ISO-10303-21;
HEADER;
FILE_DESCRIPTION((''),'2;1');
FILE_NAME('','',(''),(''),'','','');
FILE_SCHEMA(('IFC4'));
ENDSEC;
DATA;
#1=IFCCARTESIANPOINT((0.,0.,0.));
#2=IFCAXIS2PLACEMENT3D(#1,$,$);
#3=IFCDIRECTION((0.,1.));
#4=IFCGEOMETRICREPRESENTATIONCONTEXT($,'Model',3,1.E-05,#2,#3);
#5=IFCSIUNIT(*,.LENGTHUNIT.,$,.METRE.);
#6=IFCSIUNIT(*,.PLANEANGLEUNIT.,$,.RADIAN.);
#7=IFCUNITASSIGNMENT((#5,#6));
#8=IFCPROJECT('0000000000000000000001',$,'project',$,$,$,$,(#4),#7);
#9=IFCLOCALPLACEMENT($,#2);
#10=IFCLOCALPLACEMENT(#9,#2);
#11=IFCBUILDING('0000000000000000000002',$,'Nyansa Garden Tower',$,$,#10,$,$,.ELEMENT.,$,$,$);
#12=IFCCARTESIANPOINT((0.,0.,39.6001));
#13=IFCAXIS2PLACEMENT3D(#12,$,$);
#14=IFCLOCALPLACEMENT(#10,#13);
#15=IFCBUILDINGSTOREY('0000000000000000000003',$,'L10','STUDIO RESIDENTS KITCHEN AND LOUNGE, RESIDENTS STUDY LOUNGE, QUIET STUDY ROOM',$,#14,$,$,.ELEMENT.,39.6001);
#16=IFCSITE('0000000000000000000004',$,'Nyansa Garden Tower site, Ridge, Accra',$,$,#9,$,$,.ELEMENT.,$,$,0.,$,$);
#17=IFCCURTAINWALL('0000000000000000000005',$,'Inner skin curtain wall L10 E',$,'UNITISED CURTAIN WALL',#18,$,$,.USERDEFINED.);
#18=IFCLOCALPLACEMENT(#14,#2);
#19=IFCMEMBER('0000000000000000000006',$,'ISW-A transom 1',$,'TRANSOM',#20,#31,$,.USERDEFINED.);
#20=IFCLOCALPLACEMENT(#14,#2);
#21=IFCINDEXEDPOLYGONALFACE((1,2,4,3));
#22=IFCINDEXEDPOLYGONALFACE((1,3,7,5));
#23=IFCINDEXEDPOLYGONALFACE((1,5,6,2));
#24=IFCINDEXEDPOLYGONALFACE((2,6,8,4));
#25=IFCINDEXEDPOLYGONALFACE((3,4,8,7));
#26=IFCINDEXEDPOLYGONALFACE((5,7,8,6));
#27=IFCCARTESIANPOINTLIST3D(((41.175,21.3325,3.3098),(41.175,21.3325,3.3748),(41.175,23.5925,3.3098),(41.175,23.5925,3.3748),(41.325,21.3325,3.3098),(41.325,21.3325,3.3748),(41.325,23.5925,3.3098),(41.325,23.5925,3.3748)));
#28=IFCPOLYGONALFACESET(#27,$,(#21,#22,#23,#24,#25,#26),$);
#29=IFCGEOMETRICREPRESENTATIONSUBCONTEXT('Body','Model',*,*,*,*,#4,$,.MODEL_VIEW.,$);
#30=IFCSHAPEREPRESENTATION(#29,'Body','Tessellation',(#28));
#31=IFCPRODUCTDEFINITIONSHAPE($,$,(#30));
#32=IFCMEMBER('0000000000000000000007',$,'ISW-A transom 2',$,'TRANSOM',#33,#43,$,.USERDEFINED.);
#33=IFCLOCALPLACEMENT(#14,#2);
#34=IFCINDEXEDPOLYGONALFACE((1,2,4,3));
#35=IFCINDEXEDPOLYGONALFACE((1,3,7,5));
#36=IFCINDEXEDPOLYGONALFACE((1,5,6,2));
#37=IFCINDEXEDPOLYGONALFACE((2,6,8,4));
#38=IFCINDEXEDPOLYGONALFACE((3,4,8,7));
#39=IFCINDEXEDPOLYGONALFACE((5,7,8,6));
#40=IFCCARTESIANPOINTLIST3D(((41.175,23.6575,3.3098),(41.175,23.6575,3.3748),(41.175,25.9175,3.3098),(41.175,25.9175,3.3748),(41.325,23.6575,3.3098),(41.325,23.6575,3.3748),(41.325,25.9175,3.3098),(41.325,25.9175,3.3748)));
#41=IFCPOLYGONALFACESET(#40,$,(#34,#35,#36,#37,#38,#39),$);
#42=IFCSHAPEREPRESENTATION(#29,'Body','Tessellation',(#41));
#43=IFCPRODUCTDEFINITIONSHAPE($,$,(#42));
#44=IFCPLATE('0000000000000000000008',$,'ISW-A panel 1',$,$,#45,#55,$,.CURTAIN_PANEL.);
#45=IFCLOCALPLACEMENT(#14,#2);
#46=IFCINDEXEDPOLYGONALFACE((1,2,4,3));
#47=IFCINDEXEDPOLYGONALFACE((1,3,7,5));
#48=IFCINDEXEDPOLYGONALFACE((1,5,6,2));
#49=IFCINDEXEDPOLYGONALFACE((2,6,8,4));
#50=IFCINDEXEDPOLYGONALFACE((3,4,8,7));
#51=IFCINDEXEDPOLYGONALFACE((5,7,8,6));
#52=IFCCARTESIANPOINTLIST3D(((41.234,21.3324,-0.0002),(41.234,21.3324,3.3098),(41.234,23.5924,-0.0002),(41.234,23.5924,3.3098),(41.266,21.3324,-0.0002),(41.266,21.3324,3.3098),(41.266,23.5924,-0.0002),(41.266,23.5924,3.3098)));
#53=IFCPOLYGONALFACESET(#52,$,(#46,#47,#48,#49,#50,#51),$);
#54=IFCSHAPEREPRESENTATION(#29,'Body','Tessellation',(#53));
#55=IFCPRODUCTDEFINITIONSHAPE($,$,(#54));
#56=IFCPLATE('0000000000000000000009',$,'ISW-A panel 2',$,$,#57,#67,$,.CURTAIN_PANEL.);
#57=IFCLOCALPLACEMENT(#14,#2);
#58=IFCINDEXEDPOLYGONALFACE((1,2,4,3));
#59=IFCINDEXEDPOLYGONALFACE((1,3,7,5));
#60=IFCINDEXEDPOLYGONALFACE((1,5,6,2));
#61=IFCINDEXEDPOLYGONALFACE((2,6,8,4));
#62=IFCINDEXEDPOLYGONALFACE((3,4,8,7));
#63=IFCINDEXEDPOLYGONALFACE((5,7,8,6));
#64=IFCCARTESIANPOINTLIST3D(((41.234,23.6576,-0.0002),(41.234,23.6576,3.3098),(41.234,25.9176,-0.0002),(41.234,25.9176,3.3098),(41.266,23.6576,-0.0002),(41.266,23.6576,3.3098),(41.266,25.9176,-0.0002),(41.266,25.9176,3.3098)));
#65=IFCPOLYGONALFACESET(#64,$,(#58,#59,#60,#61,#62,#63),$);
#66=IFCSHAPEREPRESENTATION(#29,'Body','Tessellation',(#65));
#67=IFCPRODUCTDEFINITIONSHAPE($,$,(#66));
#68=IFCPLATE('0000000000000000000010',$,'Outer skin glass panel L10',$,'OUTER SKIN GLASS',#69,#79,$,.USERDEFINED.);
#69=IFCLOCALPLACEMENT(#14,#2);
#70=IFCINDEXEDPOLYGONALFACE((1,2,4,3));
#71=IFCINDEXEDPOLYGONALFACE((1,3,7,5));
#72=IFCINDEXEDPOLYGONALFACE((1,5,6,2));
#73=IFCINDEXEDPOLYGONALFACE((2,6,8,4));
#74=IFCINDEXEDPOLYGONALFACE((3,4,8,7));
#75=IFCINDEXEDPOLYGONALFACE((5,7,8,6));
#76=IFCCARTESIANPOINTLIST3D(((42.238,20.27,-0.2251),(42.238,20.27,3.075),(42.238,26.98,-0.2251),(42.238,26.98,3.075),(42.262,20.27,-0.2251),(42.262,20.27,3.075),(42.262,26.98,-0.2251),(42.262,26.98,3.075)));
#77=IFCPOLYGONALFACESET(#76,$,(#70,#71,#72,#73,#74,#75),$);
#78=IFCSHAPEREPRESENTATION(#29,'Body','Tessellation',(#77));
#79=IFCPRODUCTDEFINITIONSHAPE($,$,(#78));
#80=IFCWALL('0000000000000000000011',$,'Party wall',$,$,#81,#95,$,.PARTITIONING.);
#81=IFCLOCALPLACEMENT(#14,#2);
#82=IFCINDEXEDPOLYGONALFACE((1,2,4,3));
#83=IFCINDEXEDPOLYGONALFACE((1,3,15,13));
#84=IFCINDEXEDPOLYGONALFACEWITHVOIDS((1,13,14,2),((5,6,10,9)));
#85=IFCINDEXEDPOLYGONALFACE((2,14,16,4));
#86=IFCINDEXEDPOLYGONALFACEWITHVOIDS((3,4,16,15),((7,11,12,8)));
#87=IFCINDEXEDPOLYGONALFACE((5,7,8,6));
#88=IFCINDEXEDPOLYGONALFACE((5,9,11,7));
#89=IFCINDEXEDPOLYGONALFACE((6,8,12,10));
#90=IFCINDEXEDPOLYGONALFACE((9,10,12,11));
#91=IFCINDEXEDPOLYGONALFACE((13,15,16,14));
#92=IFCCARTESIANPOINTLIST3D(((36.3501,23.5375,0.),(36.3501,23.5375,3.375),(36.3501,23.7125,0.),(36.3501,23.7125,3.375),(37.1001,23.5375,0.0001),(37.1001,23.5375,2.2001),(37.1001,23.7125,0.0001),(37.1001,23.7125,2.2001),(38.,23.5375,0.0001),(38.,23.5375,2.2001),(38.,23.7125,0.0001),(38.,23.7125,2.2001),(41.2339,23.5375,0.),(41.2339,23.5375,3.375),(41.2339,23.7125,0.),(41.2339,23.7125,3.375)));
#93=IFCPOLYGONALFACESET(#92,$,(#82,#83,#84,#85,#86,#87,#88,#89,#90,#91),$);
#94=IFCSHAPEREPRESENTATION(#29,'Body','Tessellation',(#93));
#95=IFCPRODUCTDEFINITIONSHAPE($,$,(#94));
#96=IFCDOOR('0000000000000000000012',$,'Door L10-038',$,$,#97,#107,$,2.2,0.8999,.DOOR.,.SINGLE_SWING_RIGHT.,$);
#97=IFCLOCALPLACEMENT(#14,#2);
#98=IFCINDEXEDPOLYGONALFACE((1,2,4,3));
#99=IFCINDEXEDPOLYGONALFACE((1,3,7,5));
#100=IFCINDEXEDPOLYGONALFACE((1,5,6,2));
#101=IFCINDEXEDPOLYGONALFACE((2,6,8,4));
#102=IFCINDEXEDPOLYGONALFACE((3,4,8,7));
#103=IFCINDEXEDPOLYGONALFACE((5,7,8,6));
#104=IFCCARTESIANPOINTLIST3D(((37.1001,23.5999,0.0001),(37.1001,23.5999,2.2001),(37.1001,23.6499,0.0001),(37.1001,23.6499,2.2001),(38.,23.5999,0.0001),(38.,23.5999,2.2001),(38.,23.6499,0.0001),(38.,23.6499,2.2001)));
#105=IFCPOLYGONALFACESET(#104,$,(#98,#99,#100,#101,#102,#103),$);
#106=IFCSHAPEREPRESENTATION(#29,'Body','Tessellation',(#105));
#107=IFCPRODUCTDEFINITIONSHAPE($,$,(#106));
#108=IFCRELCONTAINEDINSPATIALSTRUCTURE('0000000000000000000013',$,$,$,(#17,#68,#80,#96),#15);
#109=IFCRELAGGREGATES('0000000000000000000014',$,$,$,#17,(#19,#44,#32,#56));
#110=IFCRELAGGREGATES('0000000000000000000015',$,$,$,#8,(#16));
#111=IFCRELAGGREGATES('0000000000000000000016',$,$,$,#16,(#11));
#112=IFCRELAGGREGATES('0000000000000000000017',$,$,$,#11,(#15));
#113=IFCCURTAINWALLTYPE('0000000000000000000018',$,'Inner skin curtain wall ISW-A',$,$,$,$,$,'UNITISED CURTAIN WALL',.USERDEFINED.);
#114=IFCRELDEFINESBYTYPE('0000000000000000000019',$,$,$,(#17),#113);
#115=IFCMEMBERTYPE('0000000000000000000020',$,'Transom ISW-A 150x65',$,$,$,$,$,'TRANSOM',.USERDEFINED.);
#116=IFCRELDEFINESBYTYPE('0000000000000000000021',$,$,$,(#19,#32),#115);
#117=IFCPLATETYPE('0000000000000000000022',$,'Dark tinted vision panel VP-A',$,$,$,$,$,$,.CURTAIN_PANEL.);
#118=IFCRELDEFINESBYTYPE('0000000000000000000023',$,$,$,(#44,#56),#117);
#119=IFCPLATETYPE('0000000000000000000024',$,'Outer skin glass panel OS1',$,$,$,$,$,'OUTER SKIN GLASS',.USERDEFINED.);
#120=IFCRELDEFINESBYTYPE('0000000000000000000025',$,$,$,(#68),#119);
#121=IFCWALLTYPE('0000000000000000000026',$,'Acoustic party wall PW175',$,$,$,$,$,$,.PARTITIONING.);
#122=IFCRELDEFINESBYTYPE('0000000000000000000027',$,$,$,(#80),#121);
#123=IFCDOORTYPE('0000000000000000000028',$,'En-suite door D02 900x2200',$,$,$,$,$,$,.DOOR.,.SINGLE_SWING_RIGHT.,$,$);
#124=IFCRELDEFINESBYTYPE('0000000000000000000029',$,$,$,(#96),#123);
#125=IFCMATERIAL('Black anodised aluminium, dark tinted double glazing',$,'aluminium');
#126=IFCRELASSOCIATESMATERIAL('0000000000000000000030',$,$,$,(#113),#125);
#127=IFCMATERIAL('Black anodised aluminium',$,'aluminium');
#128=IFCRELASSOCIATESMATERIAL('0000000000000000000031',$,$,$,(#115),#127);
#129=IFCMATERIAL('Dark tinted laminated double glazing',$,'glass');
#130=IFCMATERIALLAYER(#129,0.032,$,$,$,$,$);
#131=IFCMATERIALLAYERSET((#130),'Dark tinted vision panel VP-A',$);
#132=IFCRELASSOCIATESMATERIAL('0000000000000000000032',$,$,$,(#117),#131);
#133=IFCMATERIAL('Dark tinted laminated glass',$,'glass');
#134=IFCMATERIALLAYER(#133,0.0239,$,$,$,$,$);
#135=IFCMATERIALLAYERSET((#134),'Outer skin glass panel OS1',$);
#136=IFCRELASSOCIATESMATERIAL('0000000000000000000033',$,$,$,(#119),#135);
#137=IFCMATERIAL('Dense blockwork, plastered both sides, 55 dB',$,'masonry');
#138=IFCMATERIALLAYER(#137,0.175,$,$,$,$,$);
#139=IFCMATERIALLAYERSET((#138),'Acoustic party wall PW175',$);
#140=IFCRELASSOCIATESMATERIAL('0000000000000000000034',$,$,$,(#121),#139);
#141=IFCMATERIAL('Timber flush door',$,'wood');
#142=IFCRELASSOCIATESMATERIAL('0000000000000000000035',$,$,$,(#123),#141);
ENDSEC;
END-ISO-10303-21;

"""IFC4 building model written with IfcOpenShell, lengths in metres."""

from ifc_helpers import new_model, si_unit, direction, frame, frame_2d, origin, origin_2d, place, context, subcontext, project, spatial, rectangle, extrude, material, layer, layer_set, material_profile, profile_set, type_object, element, fill, aggregate, save


model = new_model("IFC4")

# Units and contexts
model_context = context("Model", 3, precision=1e-05, world=origin(), true_north=direction((0.0, 1.0)))
body_context = subcontext(model_context, "Body", "Model", "MODEL_VIEW")
ifc_project = project(units=[si_unit("LENGTHUNIT", "METRE"), si_unit("PLANEANGLEUNIT", "RADIAN")], contexts=[model_context])

# Site, building, storey
site_placement = place(None, origin())
site = spatial("IfcSite", under=ifc_project, at=site_placement, Name="Nyansa Garden Tower site, Ridge, Accra", CompositionType="ELEMENT", RefElevation=0.0)
building_placement = place(site_placement, origin())
building = spatial("IfcBuilding", under=site, at=building_placement, Name="Nyansa Garden Tower", CompositionType="ELEMENT")
storey_placement = place(building_placement, frame((0.0, 0.0, 39.6001)))
storey = spatial("IfcBuildingStorey", under=building, at=storey_placement, Name="L10", Description="STUDIO RESIDENTS KITCHEN AND LOUNGE, RESIDENTS STUDY LOUNGE, QUIET STUDY ROOM", CompositionType="ELEMENT", Elevation=39.6001)

# Curtain wall
ifc_material_1 = material(Name="Black anodised aluminium, dark tinted double glazing", Category="aluminium")
curtain_wall_type = type_object("IfcCurtainWallType", Name="Inner skin curtain wall ISW-A", ElementType="UNITISED CURTAIN WALL", PredefinedType="USERDEFINED", material=ifc_material_1)
curtain_wall_placement = place(storey_placement, origin())
curtain_wall = element("IfcCurtainWall", 1, at=curtain_wall_placement, inside=storey, type_object=curtain_wall_type, Name="Inner skin curtain wall L10 E", ObjectType="UNITISED CURTAIN WALL", PredefinedType="USERDEFINED")

# Members
ifc_material_2 = material(Name="Black anodised aluminium", Category="aluminium")
ifc_material_profile_1 = material_profile(ifc_material_2, rectangle(XDim=0.1499, YDim=0.0649, at=origin_2d()), Name="Transom 150x65")
ifc_profile_set_1 = profile_set([ifc_material_profile_1], Name="Black anodised aluminium")
member_type_1 = type_object("IfcMemberType", Name="Transom ISW-A 150x65", ElementType="TRANSOM", PredefinedType="USERDEFINED", material=ifc_profile_set_1)
member_1_placement = place(storey_placement, frame((41.25, 21.3325, 3.3423), z_axis=(0.0, 1.0, 0.0), x_axis=(-1.0, 0.0, 0.0)))
member_1 = element("IfcMember", 2, at=member_1_placement, type_object=member_type_1, Name="ISW-A transom 1", ObjectType="TRANSOM", PredefinedType="USERDEFINED", context=body_context, shape_type="SweptSolid", body=[
    extrude(rectangle(XDim=0.1499, YDim=0.0649, at=origin_2d()), origin(), (0.0, 0.0, 1.0), 2.26),
])
member_2_placement = place(storey_placement, frame((41.25, 23.6575, 3.3423), z_axis=(0.0, 1.0, 0.0), x_axis=(-1.0, 0.0, 0.0)))
member_2 = element("IfcMember", 3, at=member_2_placement, type_object=member_type_1, Name="ISW-A transom 2", ObjectType="TRANSOM", PredefinedType="USERDEFINED", context=body_context, shape_type="SweptSolid", body=[
    extrude(rectangle(XDim=0.1499, YDim=0.0649, at=origin_2d()), origin(), (0.0, 0.0, 1.0), 2.26),
])

# Plates
ifc_material_3 = material(Name="Dark tinted laminated double glazing", Category="glass")
ifc_layer_1 = layer(ifc_material_3, 0.032)
ifc_layer_set_1 = layer_set([ifc_layer_1], Name="Dark tinted vision panel VP-A")
plate_type_1 = type_object("IfcPlateType", Name="Dark tinted vision panel VP-A", PredefinedType="CURTAIN_PANEL", material=ifc_layer_set_1)
plate_1_placement = place(storey_placement, frame((41.25, 22.4624, -0.0002), z_axis=(0.0, 0.0, 1.0), x_axis=(0.0, 1.0, 0.0)))
plate_1 = element("IfcPlate", 4, at=plate_1_placement, type_object=plate_type_1, Name="ISW-A panel 1", PredefinedType="CURTAIN_PANEL", context=body_context, shape_type="SweptSolid", body=[
    extrude(rectangle(XDim=2.26, YDim=0.032, at=origin_2d()), origin(), (0.0, 0.0, 1.0), 3.3101),
])
plate_2_placement = place(storey_placement, frame((41.25, 24.7876, -0.0002), z_axis=(0.0, 0.0, 1.0), x_axis=(0.0, 1.0, 0.0)))
plate_2 = element("IfcPlate", 5, at=plate_2_placement, type_object=plate_type_1, Name="ISW-A panel 2", PredefinedType="CURTAIN_PANEL", context=body_context, shape_type="SweptSolid", body=[
    extrude(rectangle(XDim=2.26, YDim=0.032, at=origin_2d()), origin(), (0.0, 0.0, 1.0), 3.3101),
])
aggregate(curtain_wall, [member_1, plate_1, member_2, plate_2])
ifc_material_4 = material(Name="Dark tinted laminated glass", Category="glass")
ifc_layer_2 = layer(ifc_material_4, 0.0239)
ifc_layer_set_2 = layer_set([ifc_layer_2], Name="Outer skin glass panel OS1")
plate_type_2 = type_object("IfcPlateType", Name="Outer skin glass panel OS1", ElementType="OUTER SKIN GLASS", PredefinedType="USERDEFINED", material=ifc_layer_set_2)
plate_3_placement = place(storey_placement, frame((42.25, 23.625, -0.2251), z_axis=(0.0, 0.0, 1.0), x_axis=(0.0, 1.0, 0.0)))
element("IfcPlate", 6, at=plate_3_placement, inside=storey, type_object=plate_type_2, Name="Outer skin glass panel L10", ObjectType="OUTER SKIN GLASS", PredefinedType="USERDEFINED", context=body_context, shape_type="SweptSolid", body=[
    extrude(rectangle(XDim=6.71, YDim=0.0239, at=origin_2d()), origin(), (0.0, 0.0, 1.0), 3.3),
])

# Wall, opening, door
ifc_material_5 = material(Name="Dense blockwork, plastered both sides, 55 dB", Category="masonry")
ifc_layer_3 = layer(ifc_material_5, 0.175)
ifc_layer_set_3 = layer_set([ifc_layer_3], Name="Acoustic party wall PW175")
wall_type_1 = type_object("IfcWallType", Name="Acoustic party wall PW175", PredefinedType="PARTITIONING", material=ifc_layer_set_3)
wall_1_placement = place(storey_placement, frame((36.3501, 23.625, 0.0), z_axis=(0.0, 0.0, 1.0), x_axis=(1.0, 0.0, 0.0)))
wall_1 = element("IfcWall", 7, at=wall_1_placement, inside=storey, type_object=wall_type_1, Name="Party wall", PredefinedType="PARTITIONING", context=body_context, shape_type="SweptSolid", body=[
    extrude(rectangle(XDim=4.8838, YDim=0.175, at=frame_2d((2.4419, 0.0))), origin(), (0.0, 0.0, 1.0), 3.375),
])
opening_1_placement = place(wall_1_placement, frame((0.75, 0.0, 0.0)))
opening_1 = element("IfcOpeningElement", 8, at=opening_1_placement, cuts=wall_1, PredefinedType="OPENING", context=body_context, shape_type="SweptSolid", body=[
    extrude(rectangle(XDim=0.8999, YDim=2.2, at=frame_2d((0.45, 1.1001))), frame((0.0, 0.0974, 0.0), z_axis=(0.0, -1.0, 0.0), x_axis=(1.0, 0.0, 0.0)), (0.0, 0.0, 1.0), 0.1951),
])
ifc_material_6 = material(Name="Timber flush door", Category="wood")
door_type_1 = type_object("IfcDoorType", Name="En-suite door D02 900x2200", OperationType="SINGLE_SWING_RIGHT", PredefinedType="DOOR", material=ifc_material_6)
door_1_placement = place(opening_1_placement, origin())
door_1 = element("IfcDoor", 9, at=door_1_placement, inside=storey, type_object=door_type_1, Name="Door L10-038", OperationType="SINGLE_SWING_RIGHT", OverallHeight=2.2, OverallWidth=0.8999, PredefinedType="DOOR", context=body_context, shape_type="SweptSolid", body=[
    extrude(rectangle(XDim=0.8999, YDim=2.2, at=frame_2d((0.45, 1.1001))), frame((0.0, 0.0249, 0.0), z_axis=(0.0, -1.0, 0.0), x_axis=(1.0, 0.0, 0.0)), (0.0, 0.0, 1.0), 0.05),
])
fill(opening_1, door_1)

save(model, "model.ifc")
